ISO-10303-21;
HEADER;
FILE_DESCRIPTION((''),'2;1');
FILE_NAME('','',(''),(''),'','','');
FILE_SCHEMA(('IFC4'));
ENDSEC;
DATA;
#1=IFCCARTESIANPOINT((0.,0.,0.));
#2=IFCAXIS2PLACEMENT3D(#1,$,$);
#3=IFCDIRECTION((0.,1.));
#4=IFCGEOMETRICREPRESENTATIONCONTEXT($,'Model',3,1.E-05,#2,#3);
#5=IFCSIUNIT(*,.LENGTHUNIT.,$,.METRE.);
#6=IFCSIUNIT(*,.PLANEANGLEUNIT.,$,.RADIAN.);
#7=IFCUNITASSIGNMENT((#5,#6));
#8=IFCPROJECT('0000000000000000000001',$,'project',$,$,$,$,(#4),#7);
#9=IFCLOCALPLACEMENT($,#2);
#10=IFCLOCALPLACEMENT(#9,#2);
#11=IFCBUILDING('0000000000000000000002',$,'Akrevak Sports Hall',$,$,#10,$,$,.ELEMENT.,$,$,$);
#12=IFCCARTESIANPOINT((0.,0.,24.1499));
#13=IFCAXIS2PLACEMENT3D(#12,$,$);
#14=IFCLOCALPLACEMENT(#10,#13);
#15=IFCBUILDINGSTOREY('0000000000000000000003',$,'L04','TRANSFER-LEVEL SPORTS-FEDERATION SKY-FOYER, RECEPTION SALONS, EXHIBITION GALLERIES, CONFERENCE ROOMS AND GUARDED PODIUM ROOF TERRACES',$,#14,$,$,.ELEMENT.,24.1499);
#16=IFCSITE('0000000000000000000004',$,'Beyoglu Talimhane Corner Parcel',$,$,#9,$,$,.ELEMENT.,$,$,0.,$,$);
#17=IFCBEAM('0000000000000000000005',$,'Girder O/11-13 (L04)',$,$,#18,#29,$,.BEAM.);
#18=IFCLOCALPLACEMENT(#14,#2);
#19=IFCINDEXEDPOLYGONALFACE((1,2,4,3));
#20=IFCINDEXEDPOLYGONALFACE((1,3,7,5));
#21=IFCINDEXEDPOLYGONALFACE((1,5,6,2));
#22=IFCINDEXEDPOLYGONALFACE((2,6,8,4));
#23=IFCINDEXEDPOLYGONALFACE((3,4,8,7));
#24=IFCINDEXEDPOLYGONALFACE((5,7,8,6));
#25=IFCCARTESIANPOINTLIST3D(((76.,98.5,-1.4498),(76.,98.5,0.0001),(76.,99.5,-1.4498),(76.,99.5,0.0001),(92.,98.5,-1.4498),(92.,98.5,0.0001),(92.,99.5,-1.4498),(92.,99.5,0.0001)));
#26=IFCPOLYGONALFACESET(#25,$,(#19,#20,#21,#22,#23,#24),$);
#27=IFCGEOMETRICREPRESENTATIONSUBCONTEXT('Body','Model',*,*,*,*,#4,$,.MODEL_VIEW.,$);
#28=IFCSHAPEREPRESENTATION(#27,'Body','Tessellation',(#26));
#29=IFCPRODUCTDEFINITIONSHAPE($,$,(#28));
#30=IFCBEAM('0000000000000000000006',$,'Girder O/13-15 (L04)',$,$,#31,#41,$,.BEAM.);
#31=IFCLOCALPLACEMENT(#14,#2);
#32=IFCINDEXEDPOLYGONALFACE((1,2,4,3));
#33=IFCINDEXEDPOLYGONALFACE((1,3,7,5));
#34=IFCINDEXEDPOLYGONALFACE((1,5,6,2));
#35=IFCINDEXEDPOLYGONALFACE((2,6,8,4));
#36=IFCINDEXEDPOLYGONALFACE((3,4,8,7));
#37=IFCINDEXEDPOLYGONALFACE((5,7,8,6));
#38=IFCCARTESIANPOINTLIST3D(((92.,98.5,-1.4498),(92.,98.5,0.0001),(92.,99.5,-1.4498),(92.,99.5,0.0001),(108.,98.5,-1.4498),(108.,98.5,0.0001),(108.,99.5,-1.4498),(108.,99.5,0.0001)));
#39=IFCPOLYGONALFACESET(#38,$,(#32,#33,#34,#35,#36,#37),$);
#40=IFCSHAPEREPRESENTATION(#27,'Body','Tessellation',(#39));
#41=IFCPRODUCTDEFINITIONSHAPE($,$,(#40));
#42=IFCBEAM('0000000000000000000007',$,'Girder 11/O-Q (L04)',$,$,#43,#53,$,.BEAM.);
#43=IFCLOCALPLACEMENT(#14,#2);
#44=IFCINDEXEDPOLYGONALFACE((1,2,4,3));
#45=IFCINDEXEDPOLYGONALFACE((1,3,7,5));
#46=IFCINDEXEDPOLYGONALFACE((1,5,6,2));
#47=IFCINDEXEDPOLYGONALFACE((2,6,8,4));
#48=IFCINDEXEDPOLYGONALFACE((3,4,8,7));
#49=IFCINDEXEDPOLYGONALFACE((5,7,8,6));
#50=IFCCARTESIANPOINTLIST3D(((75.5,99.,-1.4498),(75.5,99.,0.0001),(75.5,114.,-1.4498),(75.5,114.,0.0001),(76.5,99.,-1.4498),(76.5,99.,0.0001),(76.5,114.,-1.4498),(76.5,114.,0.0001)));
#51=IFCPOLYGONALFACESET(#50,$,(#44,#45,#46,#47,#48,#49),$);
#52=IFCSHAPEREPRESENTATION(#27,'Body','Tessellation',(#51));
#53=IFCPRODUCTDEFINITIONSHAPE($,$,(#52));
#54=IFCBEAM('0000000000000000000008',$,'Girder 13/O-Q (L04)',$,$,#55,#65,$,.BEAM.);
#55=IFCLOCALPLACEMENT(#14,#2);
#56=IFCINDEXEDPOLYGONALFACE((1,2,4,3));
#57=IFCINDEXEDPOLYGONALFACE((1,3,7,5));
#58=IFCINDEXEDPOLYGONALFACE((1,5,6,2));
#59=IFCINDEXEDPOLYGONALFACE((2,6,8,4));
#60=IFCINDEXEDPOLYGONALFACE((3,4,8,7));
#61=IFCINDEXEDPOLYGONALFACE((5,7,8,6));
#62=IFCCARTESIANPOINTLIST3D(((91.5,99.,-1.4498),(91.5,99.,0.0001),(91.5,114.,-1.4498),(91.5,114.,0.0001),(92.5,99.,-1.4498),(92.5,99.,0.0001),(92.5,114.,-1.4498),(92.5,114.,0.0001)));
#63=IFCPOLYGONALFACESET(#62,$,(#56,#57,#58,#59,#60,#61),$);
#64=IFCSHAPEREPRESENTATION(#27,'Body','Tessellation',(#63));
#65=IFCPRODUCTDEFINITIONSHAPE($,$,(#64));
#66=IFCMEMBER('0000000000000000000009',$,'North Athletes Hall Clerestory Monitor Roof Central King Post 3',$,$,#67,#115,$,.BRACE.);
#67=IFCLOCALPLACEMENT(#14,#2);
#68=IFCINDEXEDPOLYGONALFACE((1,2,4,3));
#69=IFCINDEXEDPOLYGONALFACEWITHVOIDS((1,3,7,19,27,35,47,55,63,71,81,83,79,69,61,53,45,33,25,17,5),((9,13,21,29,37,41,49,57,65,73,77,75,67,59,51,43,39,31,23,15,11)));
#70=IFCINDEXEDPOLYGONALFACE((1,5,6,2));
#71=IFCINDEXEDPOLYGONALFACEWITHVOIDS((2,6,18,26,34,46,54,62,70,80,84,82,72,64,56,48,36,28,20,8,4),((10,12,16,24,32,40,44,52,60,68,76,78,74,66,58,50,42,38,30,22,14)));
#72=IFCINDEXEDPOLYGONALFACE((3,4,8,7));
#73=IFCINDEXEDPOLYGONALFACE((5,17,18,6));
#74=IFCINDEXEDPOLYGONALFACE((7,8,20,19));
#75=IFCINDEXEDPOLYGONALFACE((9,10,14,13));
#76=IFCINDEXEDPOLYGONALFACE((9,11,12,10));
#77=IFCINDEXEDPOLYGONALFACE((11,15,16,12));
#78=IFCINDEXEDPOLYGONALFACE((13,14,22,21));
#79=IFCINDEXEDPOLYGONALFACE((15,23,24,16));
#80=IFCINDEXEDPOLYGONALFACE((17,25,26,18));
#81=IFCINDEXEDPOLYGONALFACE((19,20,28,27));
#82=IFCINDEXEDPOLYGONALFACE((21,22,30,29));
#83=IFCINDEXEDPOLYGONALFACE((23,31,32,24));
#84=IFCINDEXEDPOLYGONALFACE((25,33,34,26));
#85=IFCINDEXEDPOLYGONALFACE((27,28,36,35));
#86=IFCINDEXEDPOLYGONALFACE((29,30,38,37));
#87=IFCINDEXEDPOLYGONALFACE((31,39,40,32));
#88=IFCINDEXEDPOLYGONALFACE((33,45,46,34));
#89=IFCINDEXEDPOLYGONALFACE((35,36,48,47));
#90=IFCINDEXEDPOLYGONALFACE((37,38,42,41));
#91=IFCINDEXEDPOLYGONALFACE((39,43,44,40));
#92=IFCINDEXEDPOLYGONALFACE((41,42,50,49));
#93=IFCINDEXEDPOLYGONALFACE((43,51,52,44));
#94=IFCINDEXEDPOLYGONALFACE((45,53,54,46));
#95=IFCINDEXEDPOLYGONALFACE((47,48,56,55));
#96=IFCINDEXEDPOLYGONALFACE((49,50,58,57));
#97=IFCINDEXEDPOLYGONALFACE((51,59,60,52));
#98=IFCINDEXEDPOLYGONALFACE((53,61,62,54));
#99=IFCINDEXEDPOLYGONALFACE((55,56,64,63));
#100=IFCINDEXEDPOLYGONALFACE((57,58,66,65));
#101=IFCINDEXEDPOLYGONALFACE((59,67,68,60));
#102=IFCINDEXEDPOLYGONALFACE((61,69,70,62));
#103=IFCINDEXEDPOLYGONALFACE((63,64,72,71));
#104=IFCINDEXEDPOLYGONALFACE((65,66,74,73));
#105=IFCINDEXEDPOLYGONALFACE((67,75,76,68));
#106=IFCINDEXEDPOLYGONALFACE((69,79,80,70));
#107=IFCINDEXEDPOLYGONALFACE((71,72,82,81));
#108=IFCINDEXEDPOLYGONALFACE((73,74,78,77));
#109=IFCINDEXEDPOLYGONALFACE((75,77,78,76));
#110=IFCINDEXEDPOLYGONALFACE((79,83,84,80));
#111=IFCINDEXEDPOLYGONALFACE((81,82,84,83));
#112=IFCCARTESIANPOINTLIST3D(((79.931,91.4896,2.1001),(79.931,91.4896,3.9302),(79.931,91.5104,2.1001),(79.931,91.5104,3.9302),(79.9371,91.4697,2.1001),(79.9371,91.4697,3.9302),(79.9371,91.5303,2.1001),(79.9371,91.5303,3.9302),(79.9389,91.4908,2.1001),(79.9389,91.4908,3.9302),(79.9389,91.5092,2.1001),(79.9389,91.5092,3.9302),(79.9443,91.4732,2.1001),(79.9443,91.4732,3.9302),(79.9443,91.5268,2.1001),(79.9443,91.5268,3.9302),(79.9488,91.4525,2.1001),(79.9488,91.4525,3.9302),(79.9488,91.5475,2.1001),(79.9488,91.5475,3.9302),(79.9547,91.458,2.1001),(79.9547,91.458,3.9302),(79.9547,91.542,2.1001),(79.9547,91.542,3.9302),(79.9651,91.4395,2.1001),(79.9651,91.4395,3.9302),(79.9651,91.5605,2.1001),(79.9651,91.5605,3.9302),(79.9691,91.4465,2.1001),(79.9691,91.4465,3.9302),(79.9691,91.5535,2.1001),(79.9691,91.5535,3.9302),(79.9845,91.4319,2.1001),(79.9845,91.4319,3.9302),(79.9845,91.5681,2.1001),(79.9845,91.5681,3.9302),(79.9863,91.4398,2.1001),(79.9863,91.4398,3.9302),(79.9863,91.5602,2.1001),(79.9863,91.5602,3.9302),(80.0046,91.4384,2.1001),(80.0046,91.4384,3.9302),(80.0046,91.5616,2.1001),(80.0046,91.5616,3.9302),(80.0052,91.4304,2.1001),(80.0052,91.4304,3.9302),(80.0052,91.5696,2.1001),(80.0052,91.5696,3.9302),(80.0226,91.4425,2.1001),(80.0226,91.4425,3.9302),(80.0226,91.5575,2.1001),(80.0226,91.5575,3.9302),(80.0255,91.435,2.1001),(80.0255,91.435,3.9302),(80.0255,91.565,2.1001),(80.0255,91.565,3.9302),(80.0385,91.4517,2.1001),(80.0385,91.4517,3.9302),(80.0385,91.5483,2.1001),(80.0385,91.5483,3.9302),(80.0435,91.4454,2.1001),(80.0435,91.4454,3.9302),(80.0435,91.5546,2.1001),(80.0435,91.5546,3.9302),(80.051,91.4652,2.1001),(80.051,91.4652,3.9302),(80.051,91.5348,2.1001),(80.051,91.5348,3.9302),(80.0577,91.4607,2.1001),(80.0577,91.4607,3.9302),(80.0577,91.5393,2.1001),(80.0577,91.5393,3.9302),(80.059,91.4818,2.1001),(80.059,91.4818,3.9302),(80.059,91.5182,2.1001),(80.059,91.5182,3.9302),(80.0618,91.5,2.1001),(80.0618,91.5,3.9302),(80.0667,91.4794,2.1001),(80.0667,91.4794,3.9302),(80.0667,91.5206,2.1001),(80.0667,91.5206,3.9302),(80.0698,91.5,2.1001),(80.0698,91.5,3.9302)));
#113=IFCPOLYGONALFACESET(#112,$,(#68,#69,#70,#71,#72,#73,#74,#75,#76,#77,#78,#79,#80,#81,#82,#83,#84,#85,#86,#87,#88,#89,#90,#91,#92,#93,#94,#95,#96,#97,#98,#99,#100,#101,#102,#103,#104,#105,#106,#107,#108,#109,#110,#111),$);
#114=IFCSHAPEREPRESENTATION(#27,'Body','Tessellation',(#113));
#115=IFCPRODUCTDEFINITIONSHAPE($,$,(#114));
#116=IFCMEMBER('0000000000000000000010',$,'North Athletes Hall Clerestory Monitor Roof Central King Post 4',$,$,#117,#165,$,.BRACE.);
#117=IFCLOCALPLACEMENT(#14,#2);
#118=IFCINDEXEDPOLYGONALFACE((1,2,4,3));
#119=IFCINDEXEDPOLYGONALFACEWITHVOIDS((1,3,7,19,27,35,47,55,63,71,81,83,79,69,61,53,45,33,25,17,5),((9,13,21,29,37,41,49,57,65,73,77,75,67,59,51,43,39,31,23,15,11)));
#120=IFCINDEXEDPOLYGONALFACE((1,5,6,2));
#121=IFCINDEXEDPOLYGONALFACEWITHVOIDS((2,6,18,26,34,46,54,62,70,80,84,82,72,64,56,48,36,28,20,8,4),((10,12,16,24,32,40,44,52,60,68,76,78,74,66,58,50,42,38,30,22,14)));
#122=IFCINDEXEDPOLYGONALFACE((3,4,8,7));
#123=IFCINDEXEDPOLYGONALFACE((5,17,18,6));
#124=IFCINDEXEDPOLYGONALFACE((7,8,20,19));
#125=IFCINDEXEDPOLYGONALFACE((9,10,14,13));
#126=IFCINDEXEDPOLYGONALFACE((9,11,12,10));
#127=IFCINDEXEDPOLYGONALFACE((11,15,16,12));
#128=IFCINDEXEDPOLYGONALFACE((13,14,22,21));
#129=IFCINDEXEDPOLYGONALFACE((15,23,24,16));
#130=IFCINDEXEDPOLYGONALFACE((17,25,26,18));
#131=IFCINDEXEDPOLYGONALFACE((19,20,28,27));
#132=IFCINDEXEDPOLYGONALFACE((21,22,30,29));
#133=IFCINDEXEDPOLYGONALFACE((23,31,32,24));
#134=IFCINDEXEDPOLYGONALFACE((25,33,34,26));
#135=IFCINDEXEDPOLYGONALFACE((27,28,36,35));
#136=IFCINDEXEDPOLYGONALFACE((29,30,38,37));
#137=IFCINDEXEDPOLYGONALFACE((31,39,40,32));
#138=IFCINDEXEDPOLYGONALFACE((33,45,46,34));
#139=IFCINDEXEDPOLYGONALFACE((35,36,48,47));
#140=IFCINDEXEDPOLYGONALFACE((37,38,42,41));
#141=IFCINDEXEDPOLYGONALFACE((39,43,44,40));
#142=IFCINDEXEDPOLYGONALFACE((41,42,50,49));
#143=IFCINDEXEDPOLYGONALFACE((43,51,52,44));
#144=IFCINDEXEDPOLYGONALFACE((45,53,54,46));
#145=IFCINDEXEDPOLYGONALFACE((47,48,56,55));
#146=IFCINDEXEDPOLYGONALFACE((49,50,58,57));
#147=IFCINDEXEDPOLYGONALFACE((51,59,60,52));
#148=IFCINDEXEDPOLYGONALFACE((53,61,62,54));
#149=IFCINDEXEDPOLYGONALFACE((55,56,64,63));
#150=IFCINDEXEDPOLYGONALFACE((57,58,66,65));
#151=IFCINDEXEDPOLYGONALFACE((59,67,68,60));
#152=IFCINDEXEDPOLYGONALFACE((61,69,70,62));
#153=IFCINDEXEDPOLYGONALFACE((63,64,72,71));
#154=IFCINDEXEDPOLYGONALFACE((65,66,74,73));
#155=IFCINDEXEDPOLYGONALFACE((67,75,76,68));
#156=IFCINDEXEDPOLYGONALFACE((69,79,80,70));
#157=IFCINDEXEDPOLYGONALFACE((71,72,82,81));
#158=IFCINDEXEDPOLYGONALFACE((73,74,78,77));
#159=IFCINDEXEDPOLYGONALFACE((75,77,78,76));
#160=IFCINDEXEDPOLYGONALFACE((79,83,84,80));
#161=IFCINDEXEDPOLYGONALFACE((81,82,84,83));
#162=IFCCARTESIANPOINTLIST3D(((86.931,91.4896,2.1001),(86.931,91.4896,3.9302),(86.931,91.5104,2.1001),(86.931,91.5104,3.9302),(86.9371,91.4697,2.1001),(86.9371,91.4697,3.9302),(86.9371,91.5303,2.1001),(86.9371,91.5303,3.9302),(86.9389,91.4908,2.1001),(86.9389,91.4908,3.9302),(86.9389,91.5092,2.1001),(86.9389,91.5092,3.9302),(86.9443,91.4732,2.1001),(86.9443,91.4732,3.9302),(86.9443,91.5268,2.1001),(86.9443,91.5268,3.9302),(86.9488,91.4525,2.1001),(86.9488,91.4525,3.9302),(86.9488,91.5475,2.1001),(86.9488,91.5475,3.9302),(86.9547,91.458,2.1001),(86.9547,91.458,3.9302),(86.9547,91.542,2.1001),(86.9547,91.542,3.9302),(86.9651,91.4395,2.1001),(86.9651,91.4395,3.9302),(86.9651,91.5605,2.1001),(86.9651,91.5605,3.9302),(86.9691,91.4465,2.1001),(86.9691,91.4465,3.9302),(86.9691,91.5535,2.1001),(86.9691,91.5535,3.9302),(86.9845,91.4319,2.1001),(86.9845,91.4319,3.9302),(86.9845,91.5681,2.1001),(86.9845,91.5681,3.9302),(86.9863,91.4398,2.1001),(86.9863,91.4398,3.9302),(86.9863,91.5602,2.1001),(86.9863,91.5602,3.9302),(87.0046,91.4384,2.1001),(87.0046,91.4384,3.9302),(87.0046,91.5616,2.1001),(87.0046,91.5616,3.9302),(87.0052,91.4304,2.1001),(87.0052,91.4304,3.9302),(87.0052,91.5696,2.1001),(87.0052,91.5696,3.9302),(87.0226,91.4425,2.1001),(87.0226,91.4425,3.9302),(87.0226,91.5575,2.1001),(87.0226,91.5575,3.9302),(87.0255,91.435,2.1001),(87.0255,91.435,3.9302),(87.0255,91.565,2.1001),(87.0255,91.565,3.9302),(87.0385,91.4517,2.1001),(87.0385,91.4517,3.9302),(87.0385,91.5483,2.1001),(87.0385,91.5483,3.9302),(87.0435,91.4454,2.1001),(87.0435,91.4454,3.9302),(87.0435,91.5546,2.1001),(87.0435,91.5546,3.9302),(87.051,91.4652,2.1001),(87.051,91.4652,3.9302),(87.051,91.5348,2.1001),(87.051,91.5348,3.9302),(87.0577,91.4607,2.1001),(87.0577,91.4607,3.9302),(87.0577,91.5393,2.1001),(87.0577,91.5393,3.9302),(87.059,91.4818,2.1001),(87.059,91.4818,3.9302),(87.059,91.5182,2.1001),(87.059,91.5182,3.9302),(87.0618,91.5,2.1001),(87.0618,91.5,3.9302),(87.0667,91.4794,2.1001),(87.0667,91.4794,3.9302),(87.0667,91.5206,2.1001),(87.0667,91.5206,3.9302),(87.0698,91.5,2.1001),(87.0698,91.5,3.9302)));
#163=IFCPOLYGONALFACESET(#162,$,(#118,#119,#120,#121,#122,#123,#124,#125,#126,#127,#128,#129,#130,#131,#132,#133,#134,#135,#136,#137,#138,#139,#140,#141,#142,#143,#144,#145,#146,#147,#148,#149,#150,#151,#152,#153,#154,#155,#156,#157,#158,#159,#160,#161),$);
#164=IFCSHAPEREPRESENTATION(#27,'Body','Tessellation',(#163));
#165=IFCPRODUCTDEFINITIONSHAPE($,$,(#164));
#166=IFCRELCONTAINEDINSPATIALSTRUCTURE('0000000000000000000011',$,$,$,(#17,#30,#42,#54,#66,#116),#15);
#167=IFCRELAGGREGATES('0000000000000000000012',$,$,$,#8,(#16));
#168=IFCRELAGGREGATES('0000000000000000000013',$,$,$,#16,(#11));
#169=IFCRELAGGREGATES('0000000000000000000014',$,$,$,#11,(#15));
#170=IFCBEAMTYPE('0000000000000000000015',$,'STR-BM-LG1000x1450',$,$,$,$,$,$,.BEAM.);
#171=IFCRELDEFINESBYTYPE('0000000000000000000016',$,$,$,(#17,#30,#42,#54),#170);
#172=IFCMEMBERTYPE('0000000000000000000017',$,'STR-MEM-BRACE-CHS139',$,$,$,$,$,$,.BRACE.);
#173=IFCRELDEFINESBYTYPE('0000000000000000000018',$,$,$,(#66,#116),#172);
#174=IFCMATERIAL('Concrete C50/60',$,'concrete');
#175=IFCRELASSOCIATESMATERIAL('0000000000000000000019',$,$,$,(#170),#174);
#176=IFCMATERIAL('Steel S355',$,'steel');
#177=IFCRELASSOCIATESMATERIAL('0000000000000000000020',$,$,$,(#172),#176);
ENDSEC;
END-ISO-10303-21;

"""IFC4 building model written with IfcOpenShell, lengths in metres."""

from ifc_helpers import new_model, si_unit, direction, frame, origin, origin_2d, place, context, subcontext, project, spatial, rectangle, hollow_circle, extrude, material, material_profile, profile_set, type_object, element, save


model = new_model("IFC4")

# Units and contexts
model_context = context("Model", 3, precision=1e-05, world=origin(), true_north=direction((0.0, 1.0)))
body_context = subcontext(model_context, "Body", "Model", "MODEL_VIEW")
ifc_project = project(units=[si_unit("LENGTHUNIT", "METRE"), si_unit("PLANEANGLEUNIT", "RADIAN")], contexts=[model_context])

# Site, building, storey
site_placement = place(None, origin())
site = spatial("IfcSite", under=ifc_project, at=site_placement, Name="Beyoglu Talimhane Corner Parcel", CompositionType="ELEMENT", RefElevation=0.0)
building_placement = place(site_placement, origin())
building = spatial("IfcBuilding", under=site, at=building_placement, Name="Akrevak Sports Hall", CompositionType="ELEMENT")
storey_placement = place(building_placement, frame((0.0, 0.0, 24.1499)))
storey = spatial("IfcBuildingStorey", under=building, at=storey_placement, Name="L04", Description="TRANSFER-LEVEL SPORTS-FEDERATION SKY-FOYER, RECEPTION SALONS, EXHIBITION GALLERIES, CONFERENCE ROOMS AND GUARDED PODIUM ROOF TERRACES", CompositionType="ELEMENT", Elevation=24.1499)

# Beams
ifc_material_1 = material(Name="Concrete C50/60", Category="concrete")
ifc_material_profile_1 = material_profile(ifc_material_1, rectangle(XDim=1.0, YDim=1.45, at=origin_2d()), Name="BM 1000x1450", Category="concrete")
ifc_profile_set_1 = profile_set([ifc_material_profile_1], Name="Concrete C50/60")
beam_type_1 = type_object("IfcBeamType", Name="STR-BM-LG1000x1450", PredefinedType="BEAM", material=ifc_profile_set_1)
for number, where, z_axis, x_axis, name in (
    (1, (76.0, 99.0, -0.7249), (1.0, 0.0, 0.0), (0.0, 1.0, 0.0), "Girder O/11-13 (L04)"),
    (2, (92.0, 99.0, -0.7249), (1.0, 0.0, 0.0), (0.0, 1.0, 0.0), "Girder O/13-15 (L04)"),
):
    element("IfcBeam", number, at=place(storey_placement, frame(where, z_axis=z_axis, x_axis=x_axis)), inside=storey, type_object=beam_type_1, Name=name, PredefinedType="BEAM", context=body_context, shape_type="SweptSolid", body=[
        extrude(rectangle(XDim=1.0, YDim=1.45, at=origin_2d()), origin(), (0.0, 0.0, 1.0), 16.0),
    ])
for number, where, z_axis, x_axis, name in (
    (3, (76.0, 99.0, -0.7249), (0.0, 1.0, 0.0), (-1.0, 0.0, 0.0), "Girder 11/O-Q (L04)"),
    (4, (92.0, 99.0, -0.7249), (0.0, 1.0, 0.0), (-1.0, 0.0, 0.0), "Girder 13/O-Q (L04)"),
):
    element("IfcBeam", number, at=place(storey_placement, frame(where, z_axis=z_axis, x_axis=x_axis)), inside=storey, type_object=beam_type_1, Name=name, PredefinedType="BEAM", context=body_context, shape_type="SweptSolid", body=[
        extrude(rectangle(XDim=1.0, YDim=1.45, at=origin_2d()), origin(), (0.0, 0.0, 1.0), 15.0),
    ])

# Members
ifc_material_2 = material(Name="Steel S355", Category="steel")
ifc_material_profile_2 = material_profile(ifc_material_2, hollow_circle(Radius=0.0698, WallThickness=0.0081, at=origin_2d()), Name="CHS 139.7x8", Category="steel")
ifc_profile_set_2 = profile_set([ifc_material_profile_2], Name="Steel S355")
member_type_1 = type_object("IfcMemberType", Name="STR-MEM-BRACE-CHS139", PredefinedType="BRACE", material=ifc_profile_set_2)
for number, where, z_axis, x_axis, name in (
    (5, (80.0, 91.5, 2.1001), (0.0, 0.0, 1.0), (1.0, 0.0, 0.0), "North Athletes Hall Clerestory Monitor Roof Central King Post 3"),
    (6, (87.0, 91.5, 2.1001), (0.0, 0.0, 1.0), (1.0, 0.0, 0.0), "North Athletes Hall Clerestory Monitor Roof Central King Post 4"),
):
    element("IfcMember", number, at=place(storey_placement, frame(where, z_axis=z_axis, x_axis=x_axis)), inside=storey, type_object=member_type_1, Name=name, PredefinedType="BRACE", context=body_context, shape_type="SweptSolid", body=[
        extrude(hollow_circle(Radius=0.0698, WallThickness=0.0081, at=origin_2d()), origin(), (0.0, 0.0, 1.0), 1.8301),
    ])

save(model, "model.ifc")
